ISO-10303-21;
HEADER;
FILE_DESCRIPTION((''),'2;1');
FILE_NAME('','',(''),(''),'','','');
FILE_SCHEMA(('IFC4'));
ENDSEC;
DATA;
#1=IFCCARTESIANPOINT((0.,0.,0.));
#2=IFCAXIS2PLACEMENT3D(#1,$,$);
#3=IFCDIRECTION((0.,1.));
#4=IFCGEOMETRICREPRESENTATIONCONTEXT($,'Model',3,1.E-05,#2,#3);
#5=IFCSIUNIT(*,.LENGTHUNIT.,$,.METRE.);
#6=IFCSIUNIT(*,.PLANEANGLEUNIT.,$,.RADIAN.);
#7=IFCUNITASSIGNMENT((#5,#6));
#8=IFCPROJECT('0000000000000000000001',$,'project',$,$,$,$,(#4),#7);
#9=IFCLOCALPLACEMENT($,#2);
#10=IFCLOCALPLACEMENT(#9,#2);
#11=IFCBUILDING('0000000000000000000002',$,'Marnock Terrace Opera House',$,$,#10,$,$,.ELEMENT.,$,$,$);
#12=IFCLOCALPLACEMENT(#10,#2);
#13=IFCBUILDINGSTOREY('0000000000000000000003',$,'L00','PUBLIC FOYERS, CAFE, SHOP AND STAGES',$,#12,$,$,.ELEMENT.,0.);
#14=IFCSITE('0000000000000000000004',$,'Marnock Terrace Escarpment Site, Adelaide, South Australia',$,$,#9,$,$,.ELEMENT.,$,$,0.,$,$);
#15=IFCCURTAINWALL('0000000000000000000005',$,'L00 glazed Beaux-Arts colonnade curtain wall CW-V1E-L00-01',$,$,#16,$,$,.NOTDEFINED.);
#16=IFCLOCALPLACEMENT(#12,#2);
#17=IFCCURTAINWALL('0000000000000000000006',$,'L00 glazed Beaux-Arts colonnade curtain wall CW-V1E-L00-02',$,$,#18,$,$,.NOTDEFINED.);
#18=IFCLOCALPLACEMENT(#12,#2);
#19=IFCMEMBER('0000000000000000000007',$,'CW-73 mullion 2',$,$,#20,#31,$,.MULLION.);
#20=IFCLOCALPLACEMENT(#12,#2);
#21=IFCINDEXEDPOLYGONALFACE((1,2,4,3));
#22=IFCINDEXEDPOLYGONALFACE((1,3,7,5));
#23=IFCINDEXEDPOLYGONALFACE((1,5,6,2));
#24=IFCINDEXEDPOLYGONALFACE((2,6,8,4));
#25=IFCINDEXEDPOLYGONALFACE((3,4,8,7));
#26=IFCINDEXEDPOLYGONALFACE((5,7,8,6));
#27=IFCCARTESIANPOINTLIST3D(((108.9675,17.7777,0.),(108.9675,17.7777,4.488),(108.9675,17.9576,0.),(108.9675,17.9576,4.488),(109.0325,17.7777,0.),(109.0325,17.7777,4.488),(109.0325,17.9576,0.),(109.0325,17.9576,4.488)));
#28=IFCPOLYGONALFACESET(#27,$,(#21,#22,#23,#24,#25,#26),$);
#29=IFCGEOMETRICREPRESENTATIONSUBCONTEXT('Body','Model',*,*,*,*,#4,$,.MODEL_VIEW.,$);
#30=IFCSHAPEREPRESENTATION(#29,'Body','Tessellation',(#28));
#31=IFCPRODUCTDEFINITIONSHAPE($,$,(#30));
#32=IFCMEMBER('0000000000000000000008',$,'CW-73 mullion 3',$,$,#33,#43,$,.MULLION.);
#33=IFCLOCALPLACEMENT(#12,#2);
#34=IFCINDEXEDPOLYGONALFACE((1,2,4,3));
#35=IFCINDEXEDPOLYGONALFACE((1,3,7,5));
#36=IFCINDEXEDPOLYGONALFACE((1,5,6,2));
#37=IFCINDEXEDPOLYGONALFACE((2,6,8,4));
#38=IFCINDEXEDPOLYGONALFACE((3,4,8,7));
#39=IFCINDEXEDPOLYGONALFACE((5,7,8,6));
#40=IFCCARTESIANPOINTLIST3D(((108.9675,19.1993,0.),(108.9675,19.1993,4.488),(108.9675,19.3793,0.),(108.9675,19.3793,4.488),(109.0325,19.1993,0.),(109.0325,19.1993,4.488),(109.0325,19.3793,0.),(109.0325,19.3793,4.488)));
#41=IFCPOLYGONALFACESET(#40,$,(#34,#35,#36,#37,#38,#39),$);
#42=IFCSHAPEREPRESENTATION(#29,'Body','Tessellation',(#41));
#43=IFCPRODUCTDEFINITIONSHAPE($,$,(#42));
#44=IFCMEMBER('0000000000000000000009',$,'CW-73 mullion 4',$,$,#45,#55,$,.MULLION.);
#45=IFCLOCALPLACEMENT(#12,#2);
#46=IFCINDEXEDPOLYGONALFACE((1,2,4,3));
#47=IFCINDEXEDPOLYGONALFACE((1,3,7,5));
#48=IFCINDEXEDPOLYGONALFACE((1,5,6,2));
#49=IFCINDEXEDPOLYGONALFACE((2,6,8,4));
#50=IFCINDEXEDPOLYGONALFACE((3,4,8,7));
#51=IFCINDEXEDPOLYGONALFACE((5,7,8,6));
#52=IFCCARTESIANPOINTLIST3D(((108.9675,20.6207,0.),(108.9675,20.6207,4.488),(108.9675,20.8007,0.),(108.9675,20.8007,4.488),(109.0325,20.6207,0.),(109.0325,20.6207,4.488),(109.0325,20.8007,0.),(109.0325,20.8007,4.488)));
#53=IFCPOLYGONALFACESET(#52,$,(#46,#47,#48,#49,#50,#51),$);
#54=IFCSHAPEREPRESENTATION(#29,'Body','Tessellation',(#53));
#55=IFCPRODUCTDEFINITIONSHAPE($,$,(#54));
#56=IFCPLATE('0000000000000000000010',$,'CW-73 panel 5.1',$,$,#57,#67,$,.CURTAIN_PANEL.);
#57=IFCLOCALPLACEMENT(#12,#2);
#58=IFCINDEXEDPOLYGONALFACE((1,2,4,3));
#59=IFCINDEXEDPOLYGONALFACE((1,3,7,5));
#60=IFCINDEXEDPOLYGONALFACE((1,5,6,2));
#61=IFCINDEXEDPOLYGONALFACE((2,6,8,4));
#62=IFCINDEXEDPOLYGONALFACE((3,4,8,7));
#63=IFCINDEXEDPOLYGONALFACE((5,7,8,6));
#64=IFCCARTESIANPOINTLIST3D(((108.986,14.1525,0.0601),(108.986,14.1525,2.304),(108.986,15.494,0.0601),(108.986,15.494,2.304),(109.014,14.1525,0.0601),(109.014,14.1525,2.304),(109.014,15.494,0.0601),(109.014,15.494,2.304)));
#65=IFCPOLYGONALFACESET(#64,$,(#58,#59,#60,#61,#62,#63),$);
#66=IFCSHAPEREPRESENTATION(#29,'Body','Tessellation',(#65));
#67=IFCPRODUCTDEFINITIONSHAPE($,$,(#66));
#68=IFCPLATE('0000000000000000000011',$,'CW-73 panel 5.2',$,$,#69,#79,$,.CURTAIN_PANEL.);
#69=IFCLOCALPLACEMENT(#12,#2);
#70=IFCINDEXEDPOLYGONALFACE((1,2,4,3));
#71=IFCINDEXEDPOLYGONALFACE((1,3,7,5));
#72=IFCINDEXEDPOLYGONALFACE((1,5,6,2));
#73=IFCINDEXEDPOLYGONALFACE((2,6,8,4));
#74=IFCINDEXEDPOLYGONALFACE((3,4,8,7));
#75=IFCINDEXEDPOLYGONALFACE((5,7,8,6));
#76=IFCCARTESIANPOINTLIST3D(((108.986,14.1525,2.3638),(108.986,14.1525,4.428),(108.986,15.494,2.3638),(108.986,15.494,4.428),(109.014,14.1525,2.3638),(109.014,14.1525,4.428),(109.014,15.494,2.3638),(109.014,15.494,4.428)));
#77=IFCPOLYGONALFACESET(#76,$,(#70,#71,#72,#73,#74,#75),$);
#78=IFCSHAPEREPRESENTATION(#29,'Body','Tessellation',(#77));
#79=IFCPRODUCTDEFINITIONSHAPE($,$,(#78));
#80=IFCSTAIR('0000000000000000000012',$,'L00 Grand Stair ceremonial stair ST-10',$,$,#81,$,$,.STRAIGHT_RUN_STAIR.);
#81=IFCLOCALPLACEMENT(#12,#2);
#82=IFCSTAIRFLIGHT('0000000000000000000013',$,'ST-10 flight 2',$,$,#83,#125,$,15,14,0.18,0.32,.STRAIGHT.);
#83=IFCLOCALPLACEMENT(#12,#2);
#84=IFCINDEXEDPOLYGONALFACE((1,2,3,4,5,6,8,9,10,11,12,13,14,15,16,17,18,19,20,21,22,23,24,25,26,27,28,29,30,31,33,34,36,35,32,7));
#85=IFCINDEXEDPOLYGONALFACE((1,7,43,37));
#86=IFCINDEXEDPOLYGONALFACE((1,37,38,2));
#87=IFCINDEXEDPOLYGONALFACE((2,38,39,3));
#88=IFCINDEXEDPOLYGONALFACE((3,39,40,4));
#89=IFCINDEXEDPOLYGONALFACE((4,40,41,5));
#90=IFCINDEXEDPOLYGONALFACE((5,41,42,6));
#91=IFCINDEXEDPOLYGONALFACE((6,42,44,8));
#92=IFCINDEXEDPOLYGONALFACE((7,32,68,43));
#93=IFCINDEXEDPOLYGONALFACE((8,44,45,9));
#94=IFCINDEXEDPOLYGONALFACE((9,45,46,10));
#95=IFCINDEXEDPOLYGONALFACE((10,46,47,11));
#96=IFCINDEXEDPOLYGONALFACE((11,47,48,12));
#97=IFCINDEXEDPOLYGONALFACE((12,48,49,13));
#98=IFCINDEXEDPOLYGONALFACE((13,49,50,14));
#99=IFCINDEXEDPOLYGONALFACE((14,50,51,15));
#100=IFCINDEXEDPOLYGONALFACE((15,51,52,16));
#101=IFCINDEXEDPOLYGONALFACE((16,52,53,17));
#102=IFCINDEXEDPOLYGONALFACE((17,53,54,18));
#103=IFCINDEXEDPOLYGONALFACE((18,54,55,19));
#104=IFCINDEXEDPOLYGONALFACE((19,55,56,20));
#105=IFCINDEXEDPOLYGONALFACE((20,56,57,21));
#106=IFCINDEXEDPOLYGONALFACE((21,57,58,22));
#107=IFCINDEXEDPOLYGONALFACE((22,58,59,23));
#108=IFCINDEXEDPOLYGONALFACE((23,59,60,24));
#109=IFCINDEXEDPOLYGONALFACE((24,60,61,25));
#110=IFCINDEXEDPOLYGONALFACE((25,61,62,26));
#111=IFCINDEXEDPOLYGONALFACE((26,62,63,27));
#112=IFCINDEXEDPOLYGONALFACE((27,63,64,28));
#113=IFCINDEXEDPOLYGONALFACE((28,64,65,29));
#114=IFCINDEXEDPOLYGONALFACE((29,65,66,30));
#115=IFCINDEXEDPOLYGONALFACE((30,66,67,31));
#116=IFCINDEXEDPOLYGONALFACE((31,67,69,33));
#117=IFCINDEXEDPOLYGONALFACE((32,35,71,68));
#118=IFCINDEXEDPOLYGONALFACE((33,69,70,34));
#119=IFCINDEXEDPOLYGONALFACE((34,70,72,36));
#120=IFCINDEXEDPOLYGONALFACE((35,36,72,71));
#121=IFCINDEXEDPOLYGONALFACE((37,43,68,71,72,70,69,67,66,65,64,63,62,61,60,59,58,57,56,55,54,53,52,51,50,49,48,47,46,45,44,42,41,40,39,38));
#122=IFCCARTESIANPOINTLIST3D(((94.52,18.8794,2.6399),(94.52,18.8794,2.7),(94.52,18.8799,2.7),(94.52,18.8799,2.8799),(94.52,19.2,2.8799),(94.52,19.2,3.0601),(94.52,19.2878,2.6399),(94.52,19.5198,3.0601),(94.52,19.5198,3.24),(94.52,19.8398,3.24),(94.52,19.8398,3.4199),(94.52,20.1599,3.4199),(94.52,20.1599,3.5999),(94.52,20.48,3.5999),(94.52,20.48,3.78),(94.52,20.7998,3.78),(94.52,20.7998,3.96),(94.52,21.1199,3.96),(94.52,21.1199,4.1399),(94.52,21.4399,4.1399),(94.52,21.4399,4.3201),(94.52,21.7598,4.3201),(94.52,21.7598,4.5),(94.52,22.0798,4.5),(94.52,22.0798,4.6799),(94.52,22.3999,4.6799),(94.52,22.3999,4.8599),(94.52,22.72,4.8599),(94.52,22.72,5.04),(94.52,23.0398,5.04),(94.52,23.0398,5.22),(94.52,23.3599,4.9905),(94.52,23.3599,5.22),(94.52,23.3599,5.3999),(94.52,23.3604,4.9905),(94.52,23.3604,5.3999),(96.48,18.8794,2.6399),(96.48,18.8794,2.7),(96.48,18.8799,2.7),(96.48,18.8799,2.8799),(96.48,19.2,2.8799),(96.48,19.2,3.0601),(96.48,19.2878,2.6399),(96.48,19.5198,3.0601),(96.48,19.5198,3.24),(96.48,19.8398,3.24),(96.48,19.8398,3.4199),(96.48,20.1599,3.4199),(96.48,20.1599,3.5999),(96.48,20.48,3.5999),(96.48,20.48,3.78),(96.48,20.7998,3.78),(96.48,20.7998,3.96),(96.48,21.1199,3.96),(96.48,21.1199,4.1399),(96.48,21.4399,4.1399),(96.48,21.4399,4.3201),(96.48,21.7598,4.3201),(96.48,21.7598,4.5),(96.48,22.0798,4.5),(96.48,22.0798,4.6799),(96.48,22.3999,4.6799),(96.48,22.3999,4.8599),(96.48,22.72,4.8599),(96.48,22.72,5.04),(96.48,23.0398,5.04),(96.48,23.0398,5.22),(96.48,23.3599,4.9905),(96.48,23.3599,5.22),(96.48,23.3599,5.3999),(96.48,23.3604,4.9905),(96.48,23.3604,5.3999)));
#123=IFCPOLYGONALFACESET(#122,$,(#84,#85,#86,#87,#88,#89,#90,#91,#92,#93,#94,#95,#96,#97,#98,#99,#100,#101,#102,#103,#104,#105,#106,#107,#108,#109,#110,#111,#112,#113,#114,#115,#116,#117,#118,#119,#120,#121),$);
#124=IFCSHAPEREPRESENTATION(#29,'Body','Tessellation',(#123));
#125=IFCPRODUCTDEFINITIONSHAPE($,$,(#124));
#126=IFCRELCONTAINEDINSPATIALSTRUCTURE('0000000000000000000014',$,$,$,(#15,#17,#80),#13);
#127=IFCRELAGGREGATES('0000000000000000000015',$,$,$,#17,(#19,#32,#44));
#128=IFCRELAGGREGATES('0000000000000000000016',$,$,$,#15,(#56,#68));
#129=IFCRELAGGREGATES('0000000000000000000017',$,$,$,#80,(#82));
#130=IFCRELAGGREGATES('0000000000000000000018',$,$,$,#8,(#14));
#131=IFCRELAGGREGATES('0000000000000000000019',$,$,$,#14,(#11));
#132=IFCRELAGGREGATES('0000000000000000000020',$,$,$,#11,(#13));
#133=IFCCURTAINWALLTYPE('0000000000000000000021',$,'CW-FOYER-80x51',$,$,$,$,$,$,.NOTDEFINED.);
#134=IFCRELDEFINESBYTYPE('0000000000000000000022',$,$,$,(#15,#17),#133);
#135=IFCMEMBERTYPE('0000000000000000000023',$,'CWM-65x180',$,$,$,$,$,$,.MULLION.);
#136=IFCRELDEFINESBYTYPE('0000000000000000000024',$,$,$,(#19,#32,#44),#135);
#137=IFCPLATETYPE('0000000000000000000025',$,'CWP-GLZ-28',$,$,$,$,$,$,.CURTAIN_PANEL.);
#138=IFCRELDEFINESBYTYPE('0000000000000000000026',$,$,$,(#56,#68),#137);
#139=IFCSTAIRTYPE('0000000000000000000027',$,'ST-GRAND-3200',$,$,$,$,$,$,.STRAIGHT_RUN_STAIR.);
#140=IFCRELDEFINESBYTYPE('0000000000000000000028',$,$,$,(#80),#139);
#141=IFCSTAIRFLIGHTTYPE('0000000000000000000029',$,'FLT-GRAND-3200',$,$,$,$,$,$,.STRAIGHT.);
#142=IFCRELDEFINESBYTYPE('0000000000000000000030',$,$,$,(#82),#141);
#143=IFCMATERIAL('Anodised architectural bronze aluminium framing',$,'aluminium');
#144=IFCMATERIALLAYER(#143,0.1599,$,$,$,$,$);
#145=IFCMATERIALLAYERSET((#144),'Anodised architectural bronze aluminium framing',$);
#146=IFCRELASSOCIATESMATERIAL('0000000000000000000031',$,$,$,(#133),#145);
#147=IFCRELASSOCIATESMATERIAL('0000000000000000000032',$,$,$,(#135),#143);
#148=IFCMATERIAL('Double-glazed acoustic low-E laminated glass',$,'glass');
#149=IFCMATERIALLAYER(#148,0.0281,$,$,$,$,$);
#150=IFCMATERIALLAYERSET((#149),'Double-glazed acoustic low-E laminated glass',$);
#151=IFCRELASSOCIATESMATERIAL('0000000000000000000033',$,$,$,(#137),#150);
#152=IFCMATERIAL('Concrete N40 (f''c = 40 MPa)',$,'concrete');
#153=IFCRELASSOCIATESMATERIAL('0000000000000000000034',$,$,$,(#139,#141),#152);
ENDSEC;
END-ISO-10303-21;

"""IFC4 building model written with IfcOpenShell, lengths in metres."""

from ifc_helpers import new_model, si_unit, direction, frame, origin, origin_2d, place, context, subcontext, project, spatial, polyline, rectangle, outline, extrude, material, layer, layer_set, material_profile, profile_set, type_object, element, aggregate, save


model = new_model("IFC4")

# Units and contexts
model_context = context("Model", 3, precision=1e-05, world=origin(), true_north=direction((0.0, 1.0)))
body_context = subcontext(model_context, "Body", "Model", "MODEL_VIEW")
ifc_project = project(units=[si_unit("LENGTHUNIT", "METRE"), si_unit("PLANEANGLEUNIT", "RADIAN")], contexts=[model_context])

# Site, building, storey
site_placement = place(None, origin())
site = spatial("IfcSite", under=ifc_project, at=site_placement, Name="Marnock Terrace Escarpment Site, Adelaide, South Australia", CompositionType="ELEMENT", RefElevation=0.0)
building_placement = place(site_placement, origin())
building = spatial("IfcBuilding", under=site, at=building_placement, Name="Marnock Terrace Opera House", CompositionType="ELEMENT")
storey_placement = place(building_placement, origin())
storey = spatial("IfcBuildingStorey", under=building, at=storey_placement, Name="L00", Description="PUBLIC FOYERS, CAFE, SHOP AND STAGES", CompositionType="ELEMENT", Elevation=0.0)

# Shared definitions
ifc_material_1 = material(Name="Concrete N40 (f'c = 40 MPa)", Category="concrete")

# Curtain wall
ifc_material_2 = material(Name="Anodised architectural bronze aluminium framing", Category="aluminium")
ifc_layer_1 = layer(ifc_material_2, 0.1599)
ifc_layer_set_1 = layer_set([ifc_layer_1], Name="Anodised architectural bronze aluminium framing")
curtain_wall_type = type_object("IfcCurtainWallType", Name="CW-FOYER-80x51", PredefinedType="NOTDEFINED", material=ifc_layer_set_1)
curtain_wall_1_placement = place(storey_placement, origin())
curtain_wall_1 = element("IfcCurtainWall", 1, at=curtain_wall_1_placement, inside=storey, type_object=curtain_wall_type, Name="L00 glazed Beaux-Arts colonnade curtain wall CW-V1E-L00-01", PredefinedType="NOTDEFINED")
ifc_material_profile_1 = material_profile(ifc_material_2, rectangle(XDim=0.0649, YDim=0.1799, at=origin_2d()))
ifc_profile_set_1 = profile_set([ifc_material_profile_1], Name="Anodised architectural bronze aluminium framing")
member_type = type_object("IfcMemberType", Name="CWM-65x180", PredefinedType="MULLION", material=ifc_profile_set_1)

# Curtain wall, members
curtain_wall_2_placement = place(storey_placement, origin())
curtain_wall_2 = element("IfcCurtainWall", 2, at=curtain_wall_2_placement, inside=storey, type_object=curtain_wall_type, Name="L00 glazed Beaux-Arts colonnade curtain wall CW-V1E-L00-02", PredefinedType="NOTDEFINED")
member_1_placement = place(storey_placement, frame((109.0, 17.8677, 0.0), z_axis=(0.0, 0.0, 1.0), x_axis=(-1.0, 0.0, 0.0)))
member_1 = element("IfcMember", 3, at=member_1_placement, type_object=member_type, Name="CW-73 mullion 2", PredefinedType="MULLION", context=body_context, shape_type="SweptSolid", body=[
    extrude(rectangle(XDim=0.0649, YDim=0.1799, at=origin_2d()), origin(), (0.0, 0.0, 1.0), 4.488),
])
member_2_placement = place(storey_placement, frame((109.0, 19.2893, 0.0), z_axis=(0.0, 0.0, 1.0), x_axis=(-1.0, 0.0, 0.0)))
member_2 = element("IfcMember", 4, at=member_2_placement, type_object=member_type, Name="CW-73 mullion 3", PredefinedType="MULLION", context=body_context, shape_type="SweptSolid", body=[
    extrude(rectangle(XDim=0.0649, YDim=0.1799, at=origin_2d()), origin(), (0.0, 0.0, 1.0), 4.488),
])
member_3_placement = place(storey_placement, frame((109.0, 20.7107, 0.0), z_axis=(0.0, 0.0, 1.0), x_axis=(-1.0, 0.0, 0.0)))
member_3 = element("IfcMember", 5, at=member_3_placement, type_object=member_type, Name="CW-73 mullion 4", PredefinedType="MULLION", context=body_context, shape_type="SweptSolid", body=[
    extrude(rectangle(XDim=0.0649, YDim=0.1799, at=origin_2d()), origin(), (0.0, 0.0, 1.0), 4.488),
])
aggregate(curtain_wall_2, [member_1, member_2, member_3])

# Plates
ifc_material_3 = material(Name="Double-glazed acoustic low-E laminated glass", Category="glass")
ifc_layer_2 = layer(ifc_material_3, 0.0281)
ifc_layer_set_2 = layer_set([ifc_layer_2], Name="Double-glazed acoustic low-E laminated glass")
plate_type = type_object("IfcPlateType", Name="CWP-GLZ-28", PredefinedType="CURTAIN_PANEL", material=ifc_layer_set_2)
plate_1_placement = place(storey_placement, frame((109.0, 14.8232, 0.0601), z_axis=(0.0, 0.0, 1.0), x_axis=(0.0, 1.0, 0.0)))
plate_1 = element("IfcPlate", 6, at=plate_1_placement, type_object=plate_type, Name="CW-73 panel 5.1", PredefinedType="CURTAIN_PANEL", context=body_context, shape_type="SweptSolid", body=[
    extrude(rectangle(XDim=1.3416, YDim=0.0281, at=origin_2d()), origin(), (0.0, 0.0, 1.0), 2.2439),
])
plate_2_placement = place(storey_placement, frame((109.0, 14.8232, 2.3638), z_axis=(0.0, 0.0, 1.0), x_axis=(0.0, 1.0, 0.0)))
plate_2 = element("IfcPlate", 7, at=plate_2_placement, type_object=plate_type, Name="CW-73 panel 5.2", PredefinedType="CURTAIN_PANEL", context=body_context, shape_type="SweptSolid", body=[
    extrude(rectangle(XDim=1.3416, YDim=0.0281, at=origin_2d()), origin(), (0.0, 0.0, 1.0), 2.0642),
])
aggregate(curtain_wall_1, [plate_1, plate_2])

# Stair, stair flight
stair_type = type_object("IfcStairType", Name="ST-GRAND-3200", PredefinedType="STRAIGHT_RUN_STAIR", material=ifc_material_1)
stair_placement = place(storey_placement, origin())
stair = element("IfcStair", 8, at=stair_placement, inside=storey, type_object=stair_type, Name="L00 Grand Stair ceremonial stair ST-10", PredefinedType="STRAIGHT_RUN_STAIR")
stair_flight_type = type_object("IfcStairFlightType", Name="FLT-GRAND-3200", PredefinedType="STRAIGHT", material=ifc_material_1)
stair_flight_placement = place(storey_placement, frame((95.5, 18.8799, 2.7), z_axis=(0.0, 0.0, 1.0), x_axis=(0.0, 1.0, 0.0)))
stair_flight = element("IfcStairFlight", 9, at=stair_flight_placement, type_object=stair_flight_type, Name="ST-10 flight 2", NumberOfRisers=15, NumberOfTreads=14, PredefinedType="STRAIGHT", RiserHeight=0.18, TreadLength=0.32, context=body_context, shape_type="SweptSolid", body=[
    extrude(outline(polyline([(-0.0005, -0.0601), (-0.0005, 0.0), (0.0, 0.0), (0.0, 0.1799), (0.3201, 0.1799), (0.3201, 0.3601), (0.6399, 0.3601), (0.6399, 0.54), (0.96, 0.54), (0.96, 0.72), (1.28, 0.72), (1.28, 0.8999), (1.6001, 0.8999), (1.6001, 1.0801), (1.9199, 1.0801), (1.9199, 1.26), (2.24, 1.26), (2.24, 1.4399), (2.5601, 1.4399), (2.5601, 1.6201), (2.8799, 1.6201), (2.8799, 1.8), (3.2, 1.8), (3.2, 1.98), (3.52, 1.98), (3.52, 2.1599), (3.8401, 2.1599), (3.8401, 2.3401), (4.1599, 2.3401), (4.1599, 2.52), (4.48, 2.52), (4.48, 2.7), (4.4805, 2.7), (4.4805, 2.2905), (4.48, 2.2905), (0.408, -0.0601), (-0.0005, -0.0601)])), frame((0.0, 0.98, 0.0), z_axis=(0.0, -1.0, 0.0), x_axis=(1.0, 0.0, 0.0)), (0.0, 0.0, 1.0), 1.96),
])
aggregate(stair, [stair_flight])

save(model, "model.ifc")
